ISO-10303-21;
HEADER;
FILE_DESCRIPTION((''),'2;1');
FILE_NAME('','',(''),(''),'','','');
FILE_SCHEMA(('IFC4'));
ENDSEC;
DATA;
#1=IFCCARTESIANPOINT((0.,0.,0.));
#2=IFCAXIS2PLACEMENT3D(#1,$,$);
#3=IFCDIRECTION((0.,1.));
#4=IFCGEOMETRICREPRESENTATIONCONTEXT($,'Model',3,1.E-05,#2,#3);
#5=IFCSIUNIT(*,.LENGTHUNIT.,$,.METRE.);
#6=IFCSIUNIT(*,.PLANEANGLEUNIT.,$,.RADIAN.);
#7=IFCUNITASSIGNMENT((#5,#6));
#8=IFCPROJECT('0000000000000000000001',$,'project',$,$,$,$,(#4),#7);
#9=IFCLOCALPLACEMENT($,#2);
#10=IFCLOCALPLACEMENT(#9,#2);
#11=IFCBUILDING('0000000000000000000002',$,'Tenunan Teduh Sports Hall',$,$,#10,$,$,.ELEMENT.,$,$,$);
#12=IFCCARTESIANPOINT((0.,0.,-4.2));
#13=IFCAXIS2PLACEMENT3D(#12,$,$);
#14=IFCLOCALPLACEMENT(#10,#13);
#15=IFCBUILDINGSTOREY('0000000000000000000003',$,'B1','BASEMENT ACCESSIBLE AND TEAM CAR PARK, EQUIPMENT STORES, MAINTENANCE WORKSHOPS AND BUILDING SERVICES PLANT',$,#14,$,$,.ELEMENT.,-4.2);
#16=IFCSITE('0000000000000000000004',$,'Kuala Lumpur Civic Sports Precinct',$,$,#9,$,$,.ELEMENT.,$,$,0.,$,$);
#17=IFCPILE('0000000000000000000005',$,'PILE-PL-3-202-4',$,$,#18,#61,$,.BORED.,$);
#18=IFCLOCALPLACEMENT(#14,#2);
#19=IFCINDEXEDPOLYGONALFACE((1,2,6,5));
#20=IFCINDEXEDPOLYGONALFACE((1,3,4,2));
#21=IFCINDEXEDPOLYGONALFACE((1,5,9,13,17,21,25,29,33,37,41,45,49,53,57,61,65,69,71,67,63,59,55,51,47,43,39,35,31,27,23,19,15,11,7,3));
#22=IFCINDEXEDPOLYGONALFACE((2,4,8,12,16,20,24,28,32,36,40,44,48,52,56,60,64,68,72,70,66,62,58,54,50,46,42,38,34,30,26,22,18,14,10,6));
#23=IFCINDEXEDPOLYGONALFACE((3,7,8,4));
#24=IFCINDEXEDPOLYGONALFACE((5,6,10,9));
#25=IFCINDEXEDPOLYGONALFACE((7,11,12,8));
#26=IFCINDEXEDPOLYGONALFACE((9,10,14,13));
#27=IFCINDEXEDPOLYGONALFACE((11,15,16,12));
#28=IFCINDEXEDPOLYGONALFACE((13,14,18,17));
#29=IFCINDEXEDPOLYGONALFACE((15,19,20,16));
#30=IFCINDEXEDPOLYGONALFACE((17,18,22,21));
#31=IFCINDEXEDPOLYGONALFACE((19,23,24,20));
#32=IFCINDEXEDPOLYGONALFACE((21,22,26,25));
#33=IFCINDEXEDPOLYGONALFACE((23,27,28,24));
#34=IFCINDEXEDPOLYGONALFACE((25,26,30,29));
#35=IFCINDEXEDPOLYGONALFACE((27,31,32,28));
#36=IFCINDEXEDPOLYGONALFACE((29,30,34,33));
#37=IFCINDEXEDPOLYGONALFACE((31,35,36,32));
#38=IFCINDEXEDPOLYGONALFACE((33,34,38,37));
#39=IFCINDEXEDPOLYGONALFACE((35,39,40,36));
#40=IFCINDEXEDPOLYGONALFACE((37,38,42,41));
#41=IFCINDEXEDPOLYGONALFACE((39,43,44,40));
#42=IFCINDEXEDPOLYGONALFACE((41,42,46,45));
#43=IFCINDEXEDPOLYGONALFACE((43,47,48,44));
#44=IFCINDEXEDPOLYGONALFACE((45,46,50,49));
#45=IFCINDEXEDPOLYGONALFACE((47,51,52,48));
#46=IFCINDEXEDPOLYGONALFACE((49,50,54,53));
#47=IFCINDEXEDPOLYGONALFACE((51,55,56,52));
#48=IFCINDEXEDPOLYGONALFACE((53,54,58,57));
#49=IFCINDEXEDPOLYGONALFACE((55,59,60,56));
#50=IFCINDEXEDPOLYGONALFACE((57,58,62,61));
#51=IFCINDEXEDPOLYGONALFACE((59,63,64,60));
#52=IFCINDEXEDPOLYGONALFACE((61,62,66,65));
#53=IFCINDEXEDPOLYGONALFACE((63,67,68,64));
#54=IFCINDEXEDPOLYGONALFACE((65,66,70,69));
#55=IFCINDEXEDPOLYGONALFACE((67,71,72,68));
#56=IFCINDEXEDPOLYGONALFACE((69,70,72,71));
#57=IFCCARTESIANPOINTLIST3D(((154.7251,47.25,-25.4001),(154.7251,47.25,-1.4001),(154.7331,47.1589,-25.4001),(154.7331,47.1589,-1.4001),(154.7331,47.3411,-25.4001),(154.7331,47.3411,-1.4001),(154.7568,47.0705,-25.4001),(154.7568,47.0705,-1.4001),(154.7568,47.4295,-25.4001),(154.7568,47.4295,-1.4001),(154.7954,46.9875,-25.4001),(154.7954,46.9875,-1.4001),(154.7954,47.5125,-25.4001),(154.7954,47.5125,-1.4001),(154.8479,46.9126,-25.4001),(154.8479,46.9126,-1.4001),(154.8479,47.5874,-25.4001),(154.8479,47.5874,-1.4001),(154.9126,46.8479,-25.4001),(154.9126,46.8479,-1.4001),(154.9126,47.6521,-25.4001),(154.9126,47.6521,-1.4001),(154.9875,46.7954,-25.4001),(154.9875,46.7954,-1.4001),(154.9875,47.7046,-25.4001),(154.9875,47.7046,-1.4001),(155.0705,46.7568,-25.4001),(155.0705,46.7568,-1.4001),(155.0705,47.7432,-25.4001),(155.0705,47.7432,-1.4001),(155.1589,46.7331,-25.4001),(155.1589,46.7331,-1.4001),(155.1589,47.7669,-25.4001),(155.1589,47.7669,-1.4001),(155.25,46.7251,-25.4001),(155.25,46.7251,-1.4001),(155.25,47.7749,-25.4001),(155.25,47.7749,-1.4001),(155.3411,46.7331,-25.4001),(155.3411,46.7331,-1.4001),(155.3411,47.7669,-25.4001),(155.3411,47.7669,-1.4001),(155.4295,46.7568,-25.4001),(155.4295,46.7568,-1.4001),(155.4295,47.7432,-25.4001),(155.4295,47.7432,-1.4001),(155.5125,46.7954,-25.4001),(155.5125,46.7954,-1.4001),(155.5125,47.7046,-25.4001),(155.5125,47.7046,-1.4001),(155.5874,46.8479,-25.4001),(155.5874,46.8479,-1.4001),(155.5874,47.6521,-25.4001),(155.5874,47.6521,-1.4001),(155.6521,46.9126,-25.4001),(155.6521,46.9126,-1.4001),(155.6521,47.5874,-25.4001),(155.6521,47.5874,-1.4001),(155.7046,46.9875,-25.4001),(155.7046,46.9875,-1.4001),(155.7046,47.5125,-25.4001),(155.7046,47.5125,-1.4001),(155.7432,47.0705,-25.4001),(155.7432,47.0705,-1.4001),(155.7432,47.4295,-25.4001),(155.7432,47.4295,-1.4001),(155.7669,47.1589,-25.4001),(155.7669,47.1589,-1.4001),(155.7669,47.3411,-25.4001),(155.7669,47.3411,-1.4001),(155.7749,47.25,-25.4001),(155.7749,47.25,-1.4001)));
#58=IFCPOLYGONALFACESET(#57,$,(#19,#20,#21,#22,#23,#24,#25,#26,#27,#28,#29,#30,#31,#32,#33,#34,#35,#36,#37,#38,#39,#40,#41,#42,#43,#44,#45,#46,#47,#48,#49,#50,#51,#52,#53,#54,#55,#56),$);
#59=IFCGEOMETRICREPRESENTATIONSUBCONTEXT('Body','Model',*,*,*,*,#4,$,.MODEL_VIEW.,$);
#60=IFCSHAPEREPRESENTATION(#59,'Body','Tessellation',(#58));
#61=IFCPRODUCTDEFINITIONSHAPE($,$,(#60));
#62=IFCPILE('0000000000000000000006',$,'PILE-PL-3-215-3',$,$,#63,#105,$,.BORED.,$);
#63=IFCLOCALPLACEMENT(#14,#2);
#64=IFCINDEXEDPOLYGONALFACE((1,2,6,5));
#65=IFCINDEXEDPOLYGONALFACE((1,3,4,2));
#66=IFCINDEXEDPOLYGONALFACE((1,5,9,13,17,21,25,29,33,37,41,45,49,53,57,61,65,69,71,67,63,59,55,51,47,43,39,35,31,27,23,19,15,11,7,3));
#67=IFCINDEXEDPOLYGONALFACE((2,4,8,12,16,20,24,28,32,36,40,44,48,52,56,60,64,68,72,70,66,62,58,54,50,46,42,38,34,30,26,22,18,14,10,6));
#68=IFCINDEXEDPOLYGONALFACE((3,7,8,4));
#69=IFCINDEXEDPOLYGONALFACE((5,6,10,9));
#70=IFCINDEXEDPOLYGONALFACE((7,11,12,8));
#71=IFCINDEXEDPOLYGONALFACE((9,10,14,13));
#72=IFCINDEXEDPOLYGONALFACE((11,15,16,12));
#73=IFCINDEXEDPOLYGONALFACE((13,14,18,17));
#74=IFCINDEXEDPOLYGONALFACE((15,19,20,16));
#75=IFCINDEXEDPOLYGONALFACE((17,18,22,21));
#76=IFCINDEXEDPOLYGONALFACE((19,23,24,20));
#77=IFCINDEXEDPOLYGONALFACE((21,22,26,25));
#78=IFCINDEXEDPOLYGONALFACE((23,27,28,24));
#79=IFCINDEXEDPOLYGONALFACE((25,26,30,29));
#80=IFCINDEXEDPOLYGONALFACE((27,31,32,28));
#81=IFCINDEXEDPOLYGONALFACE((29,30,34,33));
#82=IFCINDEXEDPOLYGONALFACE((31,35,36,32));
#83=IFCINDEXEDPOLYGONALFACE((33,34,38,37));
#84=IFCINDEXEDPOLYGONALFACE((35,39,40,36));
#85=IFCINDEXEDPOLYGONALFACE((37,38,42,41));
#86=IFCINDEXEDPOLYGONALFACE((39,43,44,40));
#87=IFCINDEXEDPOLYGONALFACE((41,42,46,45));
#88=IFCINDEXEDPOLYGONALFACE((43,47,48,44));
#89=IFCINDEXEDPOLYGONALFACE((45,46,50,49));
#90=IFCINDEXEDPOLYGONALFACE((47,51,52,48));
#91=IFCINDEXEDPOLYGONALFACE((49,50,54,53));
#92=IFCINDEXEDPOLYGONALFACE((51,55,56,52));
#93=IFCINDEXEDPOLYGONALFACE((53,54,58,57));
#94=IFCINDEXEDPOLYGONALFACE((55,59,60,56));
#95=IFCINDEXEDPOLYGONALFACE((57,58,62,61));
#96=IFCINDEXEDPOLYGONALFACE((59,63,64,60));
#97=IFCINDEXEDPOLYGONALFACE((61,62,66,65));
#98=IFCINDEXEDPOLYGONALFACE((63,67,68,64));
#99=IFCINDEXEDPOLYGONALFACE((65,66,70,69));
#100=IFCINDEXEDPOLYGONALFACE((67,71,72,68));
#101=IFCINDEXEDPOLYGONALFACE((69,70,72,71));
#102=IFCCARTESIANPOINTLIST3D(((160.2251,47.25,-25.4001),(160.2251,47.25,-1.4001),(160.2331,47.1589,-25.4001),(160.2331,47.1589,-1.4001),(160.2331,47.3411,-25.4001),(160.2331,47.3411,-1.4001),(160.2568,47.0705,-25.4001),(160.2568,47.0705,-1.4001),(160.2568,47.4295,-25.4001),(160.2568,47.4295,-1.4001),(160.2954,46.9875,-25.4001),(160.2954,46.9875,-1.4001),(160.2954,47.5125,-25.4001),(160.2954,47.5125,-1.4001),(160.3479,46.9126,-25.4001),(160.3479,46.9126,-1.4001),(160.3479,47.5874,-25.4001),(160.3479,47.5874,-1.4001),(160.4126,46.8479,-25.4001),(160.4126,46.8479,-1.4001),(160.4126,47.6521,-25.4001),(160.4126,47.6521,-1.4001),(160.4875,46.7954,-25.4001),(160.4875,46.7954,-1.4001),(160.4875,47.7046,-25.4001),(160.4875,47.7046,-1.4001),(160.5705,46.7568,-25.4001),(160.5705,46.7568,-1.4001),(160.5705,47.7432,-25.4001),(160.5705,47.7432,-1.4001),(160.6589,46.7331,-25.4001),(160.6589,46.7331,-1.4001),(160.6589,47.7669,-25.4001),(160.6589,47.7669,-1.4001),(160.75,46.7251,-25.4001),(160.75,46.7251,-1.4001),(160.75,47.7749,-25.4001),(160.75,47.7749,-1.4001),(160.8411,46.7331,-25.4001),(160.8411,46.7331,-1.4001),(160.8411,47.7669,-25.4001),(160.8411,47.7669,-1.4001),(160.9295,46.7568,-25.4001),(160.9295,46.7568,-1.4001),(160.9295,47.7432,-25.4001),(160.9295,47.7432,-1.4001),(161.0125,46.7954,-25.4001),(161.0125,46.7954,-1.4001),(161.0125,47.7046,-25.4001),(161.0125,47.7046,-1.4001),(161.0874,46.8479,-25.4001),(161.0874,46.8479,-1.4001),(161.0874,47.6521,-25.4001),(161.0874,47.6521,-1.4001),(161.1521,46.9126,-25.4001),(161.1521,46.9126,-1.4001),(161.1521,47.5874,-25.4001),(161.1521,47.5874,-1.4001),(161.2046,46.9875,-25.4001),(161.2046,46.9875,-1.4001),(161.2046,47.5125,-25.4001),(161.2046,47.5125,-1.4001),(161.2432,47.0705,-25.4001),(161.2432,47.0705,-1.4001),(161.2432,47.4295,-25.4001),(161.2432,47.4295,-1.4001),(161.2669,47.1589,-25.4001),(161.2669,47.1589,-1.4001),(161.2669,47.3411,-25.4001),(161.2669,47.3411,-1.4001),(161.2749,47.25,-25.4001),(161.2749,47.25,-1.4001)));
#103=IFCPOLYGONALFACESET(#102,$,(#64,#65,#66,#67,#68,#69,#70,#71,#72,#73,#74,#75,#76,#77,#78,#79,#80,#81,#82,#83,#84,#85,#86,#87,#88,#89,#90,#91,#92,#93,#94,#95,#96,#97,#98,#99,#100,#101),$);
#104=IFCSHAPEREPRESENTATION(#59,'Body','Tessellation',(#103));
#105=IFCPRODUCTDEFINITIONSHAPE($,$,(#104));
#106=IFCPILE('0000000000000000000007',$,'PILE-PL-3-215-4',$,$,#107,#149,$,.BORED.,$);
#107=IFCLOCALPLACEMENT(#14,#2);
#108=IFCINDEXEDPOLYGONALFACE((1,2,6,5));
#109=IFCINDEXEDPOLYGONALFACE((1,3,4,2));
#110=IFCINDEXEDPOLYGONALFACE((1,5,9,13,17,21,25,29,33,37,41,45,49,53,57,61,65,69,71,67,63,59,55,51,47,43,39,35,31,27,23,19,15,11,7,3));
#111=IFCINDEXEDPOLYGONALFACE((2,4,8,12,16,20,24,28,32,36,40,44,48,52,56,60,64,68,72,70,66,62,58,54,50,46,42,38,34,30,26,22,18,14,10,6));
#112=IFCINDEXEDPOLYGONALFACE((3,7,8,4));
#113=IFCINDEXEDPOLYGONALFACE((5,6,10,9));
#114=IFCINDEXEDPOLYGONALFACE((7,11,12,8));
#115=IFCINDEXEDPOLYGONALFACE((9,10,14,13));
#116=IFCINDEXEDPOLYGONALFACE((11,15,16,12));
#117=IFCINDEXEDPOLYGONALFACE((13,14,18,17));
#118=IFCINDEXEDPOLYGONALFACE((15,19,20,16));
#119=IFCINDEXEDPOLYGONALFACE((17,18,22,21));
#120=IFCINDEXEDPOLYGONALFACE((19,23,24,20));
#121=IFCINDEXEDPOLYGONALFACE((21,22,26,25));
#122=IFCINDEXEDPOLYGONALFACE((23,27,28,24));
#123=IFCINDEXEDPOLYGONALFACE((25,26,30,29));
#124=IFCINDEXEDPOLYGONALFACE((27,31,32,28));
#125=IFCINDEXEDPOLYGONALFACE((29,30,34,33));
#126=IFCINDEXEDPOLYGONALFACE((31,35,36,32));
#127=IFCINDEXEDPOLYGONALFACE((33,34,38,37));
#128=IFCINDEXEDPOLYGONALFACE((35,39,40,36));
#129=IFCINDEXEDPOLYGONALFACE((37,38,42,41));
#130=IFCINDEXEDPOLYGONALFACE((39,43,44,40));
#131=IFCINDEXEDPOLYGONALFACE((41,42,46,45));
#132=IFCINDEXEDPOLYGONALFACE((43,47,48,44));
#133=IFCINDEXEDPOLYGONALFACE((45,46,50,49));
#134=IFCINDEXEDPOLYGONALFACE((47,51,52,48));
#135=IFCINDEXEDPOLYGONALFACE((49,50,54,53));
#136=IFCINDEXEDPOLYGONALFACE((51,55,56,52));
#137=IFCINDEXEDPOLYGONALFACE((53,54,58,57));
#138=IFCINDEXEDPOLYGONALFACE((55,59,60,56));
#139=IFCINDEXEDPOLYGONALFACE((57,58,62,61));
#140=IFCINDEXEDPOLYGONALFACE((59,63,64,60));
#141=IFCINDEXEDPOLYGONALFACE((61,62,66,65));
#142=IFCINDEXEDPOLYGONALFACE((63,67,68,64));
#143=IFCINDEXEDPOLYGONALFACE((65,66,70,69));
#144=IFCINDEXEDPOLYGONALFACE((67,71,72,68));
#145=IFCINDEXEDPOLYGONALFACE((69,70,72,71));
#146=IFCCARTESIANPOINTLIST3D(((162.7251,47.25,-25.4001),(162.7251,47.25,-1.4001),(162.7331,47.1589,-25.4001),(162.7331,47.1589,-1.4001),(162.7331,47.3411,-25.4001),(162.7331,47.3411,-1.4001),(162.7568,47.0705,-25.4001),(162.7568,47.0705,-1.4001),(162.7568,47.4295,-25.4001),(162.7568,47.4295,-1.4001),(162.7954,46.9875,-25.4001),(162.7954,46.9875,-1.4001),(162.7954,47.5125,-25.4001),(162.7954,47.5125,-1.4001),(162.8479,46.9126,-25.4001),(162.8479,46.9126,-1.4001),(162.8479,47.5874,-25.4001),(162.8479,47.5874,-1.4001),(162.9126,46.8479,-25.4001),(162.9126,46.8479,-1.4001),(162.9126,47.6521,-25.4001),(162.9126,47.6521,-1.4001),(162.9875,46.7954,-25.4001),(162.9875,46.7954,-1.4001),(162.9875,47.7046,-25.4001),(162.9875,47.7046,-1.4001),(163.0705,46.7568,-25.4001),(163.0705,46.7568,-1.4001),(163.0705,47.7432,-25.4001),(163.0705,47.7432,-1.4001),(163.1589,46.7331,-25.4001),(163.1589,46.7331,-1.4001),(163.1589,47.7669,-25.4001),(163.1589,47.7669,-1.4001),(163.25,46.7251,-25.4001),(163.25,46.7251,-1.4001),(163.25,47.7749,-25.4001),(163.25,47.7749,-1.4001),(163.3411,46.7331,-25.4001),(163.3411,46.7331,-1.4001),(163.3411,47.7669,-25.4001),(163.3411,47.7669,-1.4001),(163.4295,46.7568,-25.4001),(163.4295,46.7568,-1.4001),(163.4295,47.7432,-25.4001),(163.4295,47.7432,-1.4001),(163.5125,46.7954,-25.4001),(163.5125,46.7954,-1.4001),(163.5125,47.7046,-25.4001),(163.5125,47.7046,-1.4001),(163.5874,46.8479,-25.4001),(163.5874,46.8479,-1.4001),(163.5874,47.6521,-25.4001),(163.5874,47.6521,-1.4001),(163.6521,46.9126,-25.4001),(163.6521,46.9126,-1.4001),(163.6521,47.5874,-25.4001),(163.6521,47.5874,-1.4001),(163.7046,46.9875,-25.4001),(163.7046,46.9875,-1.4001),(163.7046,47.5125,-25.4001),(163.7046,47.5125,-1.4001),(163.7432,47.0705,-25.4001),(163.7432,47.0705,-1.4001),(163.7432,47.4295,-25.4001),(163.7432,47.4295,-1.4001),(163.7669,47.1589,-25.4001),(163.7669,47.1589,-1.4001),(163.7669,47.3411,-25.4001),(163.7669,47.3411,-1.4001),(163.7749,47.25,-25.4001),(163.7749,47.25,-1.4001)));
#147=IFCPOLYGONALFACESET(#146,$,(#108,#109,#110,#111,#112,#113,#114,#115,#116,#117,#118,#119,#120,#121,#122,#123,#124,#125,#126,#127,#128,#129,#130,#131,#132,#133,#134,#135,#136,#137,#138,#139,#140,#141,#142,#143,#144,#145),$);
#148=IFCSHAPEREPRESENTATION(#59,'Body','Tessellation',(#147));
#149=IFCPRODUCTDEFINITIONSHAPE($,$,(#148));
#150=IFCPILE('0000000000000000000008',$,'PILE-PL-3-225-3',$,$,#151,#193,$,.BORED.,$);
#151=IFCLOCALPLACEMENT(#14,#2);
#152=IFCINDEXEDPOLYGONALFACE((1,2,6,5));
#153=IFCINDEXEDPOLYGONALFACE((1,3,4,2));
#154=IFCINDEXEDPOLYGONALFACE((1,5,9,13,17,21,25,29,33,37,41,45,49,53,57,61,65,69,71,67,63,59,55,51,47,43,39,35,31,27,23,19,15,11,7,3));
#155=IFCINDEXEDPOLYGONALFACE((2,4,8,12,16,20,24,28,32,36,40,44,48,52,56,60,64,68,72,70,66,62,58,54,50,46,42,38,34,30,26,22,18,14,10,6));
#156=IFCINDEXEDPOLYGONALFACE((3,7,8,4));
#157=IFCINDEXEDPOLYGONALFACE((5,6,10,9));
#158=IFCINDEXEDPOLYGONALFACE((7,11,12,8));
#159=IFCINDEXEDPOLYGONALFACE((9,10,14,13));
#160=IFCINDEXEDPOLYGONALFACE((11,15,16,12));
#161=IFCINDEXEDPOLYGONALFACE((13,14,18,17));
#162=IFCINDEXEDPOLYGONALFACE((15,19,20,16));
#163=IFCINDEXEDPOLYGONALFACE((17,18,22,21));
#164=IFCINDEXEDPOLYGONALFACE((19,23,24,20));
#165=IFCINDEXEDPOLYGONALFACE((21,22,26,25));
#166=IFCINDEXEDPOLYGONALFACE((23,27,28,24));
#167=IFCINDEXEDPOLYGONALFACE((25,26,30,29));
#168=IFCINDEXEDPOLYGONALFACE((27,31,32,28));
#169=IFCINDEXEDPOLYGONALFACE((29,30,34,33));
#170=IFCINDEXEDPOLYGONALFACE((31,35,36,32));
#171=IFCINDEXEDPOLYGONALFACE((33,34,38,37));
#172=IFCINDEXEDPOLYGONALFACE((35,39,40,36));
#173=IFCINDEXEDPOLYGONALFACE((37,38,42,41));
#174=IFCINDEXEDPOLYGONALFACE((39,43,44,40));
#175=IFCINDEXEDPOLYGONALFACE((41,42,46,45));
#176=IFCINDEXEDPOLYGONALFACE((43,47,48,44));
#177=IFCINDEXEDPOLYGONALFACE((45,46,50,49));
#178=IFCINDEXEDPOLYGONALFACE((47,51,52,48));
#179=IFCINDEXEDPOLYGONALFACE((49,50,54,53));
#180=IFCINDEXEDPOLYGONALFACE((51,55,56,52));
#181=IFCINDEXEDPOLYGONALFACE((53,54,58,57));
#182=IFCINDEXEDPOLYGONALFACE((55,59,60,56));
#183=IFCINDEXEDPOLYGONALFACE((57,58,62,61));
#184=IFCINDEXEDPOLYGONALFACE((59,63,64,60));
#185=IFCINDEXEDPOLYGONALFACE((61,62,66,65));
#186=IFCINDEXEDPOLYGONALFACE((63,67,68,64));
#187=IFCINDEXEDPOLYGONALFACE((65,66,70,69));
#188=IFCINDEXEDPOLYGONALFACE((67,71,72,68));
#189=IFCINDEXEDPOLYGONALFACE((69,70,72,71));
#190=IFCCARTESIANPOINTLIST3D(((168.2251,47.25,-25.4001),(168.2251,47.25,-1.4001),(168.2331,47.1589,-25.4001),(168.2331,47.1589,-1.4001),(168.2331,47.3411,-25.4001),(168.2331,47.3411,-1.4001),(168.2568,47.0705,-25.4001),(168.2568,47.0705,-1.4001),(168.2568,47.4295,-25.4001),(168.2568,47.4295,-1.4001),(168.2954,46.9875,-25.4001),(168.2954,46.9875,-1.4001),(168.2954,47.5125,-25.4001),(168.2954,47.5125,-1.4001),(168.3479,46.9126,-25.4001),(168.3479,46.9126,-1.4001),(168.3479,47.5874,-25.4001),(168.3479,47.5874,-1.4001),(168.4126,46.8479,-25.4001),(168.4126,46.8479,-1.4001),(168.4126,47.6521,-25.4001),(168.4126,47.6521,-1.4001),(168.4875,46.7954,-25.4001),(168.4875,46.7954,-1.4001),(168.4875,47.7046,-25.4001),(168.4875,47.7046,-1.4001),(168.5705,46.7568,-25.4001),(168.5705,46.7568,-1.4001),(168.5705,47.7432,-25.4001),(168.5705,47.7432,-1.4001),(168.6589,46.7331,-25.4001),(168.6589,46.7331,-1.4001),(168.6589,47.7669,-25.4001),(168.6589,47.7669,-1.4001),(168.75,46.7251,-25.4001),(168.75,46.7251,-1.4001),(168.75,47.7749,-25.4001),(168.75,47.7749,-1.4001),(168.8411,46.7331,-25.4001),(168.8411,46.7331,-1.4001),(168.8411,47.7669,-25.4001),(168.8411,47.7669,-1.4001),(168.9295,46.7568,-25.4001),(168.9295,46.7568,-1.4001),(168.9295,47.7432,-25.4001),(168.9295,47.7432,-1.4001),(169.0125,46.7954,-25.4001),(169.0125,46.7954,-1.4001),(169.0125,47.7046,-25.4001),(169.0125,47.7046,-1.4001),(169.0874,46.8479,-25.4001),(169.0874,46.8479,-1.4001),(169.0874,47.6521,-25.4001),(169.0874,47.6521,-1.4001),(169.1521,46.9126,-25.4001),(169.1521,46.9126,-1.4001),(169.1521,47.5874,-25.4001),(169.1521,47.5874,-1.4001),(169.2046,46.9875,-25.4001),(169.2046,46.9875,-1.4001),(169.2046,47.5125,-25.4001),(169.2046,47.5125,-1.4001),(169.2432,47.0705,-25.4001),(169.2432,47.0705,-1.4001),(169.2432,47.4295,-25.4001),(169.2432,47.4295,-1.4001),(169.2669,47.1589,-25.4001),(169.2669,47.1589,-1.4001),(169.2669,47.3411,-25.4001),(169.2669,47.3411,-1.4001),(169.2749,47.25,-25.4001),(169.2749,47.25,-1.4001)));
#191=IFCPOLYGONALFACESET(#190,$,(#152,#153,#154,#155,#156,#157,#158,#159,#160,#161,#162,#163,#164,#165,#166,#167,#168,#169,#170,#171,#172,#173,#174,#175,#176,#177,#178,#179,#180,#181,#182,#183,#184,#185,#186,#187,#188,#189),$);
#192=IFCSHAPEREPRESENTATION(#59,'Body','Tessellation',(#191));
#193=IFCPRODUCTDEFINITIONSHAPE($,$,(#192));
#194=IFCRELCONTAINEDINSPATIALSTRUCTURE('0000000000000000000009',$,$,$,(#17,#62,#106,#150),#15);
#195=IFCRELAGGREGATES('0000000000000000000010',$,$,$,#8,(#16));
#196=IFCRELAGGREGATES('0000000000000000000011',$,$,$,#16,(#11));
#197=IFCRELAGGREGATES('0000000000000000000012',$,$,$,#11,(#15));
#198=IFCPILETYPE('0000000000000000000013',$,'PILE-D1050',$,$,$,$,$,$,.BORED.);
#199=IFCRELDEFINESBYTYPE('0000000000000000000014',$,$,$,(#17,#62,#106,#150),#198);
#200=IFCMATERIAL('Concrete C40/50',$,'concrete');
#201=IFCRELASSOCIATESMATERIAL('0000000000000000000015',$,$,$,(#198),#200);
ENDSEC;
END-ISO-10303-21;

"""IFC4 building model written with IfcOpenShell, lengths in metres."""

from ifc_helpers import new_model, si_unit, direction, frame, origin, origin_2d, place, context, subcontext, project, spatial, circle, extrude, material, material_profile, profile_set, type_object, element, save


model = new_model("IFC4")

# Units and contexts
model_context = context("Model", 3, precision=1e-05, world=origin(), true_north=direction((0.0, 1.0)))
body_context = subcontext(model_context, "Body", "Model", "MODEL_VIEW")
ifc_project = project(units=[si_unit("LENGTHUNIT", "METRE"), si_unit("PLANEANGLEUNIT", "RADIAN")], contexts=[model_context])

# Site, building, storey
site_placement = place(None, origin())
site = spatial("IfcSite", under=ifc_project, at=site_placement, Name="Kuala Lumpur Civic Sports Precinct", CompositionType="ELEMENT", RefElevation=0.0)
building_placement = place(site_placement, origin())
building = spatial("IfcBuilding", under=site, at=building_placement, Name="Tenunan Teduh Sports Hall", CompositionType="ELEMENT")
storey_placement = place(building_placement, frame((0.0, 0.0, -4.2)))
storey = spatial("IfcBuildingStorey", under=building, at=storey_placement, Name="B1", Description="BASEMENT ACCESSIBLE AND TEAM CAR PARK, EQUIPMENT STORES, MAINTENANCE WORKSHOPS AND BUILDING SERVICES PLANT", CompositionType="ELEMENT", Elevation=-4.2)

# Piles
ifc_material_1 = material(Name="Concrete C40/50", Category="concrete")
ifc_material_profile_1 = material_profile(ifc_material_1, circle(Radius=0.5249, at=origin_2d()), Name="PILE D1050")
ifc_profile_set_1 = profile_set([ifc_material_profile_1], Name="Concrete C40/50")
pile_type_1 = type_object("IfcPileType", Name="PILE-D1050", PredefinedType="BORED", material=ifc_profile_set_1)
for number, where, z_axis, x_axis, name in (
    (1, (155.25, 47.25, -1.4001), (0.0, 0.0, -1.0), (1.0, 0.0, 0.0), "PILE-PL-3-202-4"),
    (2, (160.75, 47.25, -1.4001), (0.0, 0.0, -1.0), (1.0, 0.0, 0.0), "PILE-PL-3-215-3"),
    (3, (163.25, 47.25, -1.4001), (0.0, 0.0, -1.0), (1.0, 0.0, 0.0), "PILE-PL-3-215-4"),
    (4, (168.75, 47.25, -1.4001), (0.0, 0.0, -1.0), (1.0, 0.0, 0.0), "PILE-PL-3-225-3"),
):
    element("IfcPile", number, at=place(storey_placement, frame(where, z_axis=z_axis, x_axis=x_axis)), inside=storey, type_object=pile_type_1, Name=name, PredefinedType="BORED", context=body_context, shape_type="SweptSolid", body=[
        extrude(circle(Radius=0.5249, at=origin_2d()), origin(), (0.0, 0.0, 1.0), 24.0),
    ])

save(model, "model.ifc")
